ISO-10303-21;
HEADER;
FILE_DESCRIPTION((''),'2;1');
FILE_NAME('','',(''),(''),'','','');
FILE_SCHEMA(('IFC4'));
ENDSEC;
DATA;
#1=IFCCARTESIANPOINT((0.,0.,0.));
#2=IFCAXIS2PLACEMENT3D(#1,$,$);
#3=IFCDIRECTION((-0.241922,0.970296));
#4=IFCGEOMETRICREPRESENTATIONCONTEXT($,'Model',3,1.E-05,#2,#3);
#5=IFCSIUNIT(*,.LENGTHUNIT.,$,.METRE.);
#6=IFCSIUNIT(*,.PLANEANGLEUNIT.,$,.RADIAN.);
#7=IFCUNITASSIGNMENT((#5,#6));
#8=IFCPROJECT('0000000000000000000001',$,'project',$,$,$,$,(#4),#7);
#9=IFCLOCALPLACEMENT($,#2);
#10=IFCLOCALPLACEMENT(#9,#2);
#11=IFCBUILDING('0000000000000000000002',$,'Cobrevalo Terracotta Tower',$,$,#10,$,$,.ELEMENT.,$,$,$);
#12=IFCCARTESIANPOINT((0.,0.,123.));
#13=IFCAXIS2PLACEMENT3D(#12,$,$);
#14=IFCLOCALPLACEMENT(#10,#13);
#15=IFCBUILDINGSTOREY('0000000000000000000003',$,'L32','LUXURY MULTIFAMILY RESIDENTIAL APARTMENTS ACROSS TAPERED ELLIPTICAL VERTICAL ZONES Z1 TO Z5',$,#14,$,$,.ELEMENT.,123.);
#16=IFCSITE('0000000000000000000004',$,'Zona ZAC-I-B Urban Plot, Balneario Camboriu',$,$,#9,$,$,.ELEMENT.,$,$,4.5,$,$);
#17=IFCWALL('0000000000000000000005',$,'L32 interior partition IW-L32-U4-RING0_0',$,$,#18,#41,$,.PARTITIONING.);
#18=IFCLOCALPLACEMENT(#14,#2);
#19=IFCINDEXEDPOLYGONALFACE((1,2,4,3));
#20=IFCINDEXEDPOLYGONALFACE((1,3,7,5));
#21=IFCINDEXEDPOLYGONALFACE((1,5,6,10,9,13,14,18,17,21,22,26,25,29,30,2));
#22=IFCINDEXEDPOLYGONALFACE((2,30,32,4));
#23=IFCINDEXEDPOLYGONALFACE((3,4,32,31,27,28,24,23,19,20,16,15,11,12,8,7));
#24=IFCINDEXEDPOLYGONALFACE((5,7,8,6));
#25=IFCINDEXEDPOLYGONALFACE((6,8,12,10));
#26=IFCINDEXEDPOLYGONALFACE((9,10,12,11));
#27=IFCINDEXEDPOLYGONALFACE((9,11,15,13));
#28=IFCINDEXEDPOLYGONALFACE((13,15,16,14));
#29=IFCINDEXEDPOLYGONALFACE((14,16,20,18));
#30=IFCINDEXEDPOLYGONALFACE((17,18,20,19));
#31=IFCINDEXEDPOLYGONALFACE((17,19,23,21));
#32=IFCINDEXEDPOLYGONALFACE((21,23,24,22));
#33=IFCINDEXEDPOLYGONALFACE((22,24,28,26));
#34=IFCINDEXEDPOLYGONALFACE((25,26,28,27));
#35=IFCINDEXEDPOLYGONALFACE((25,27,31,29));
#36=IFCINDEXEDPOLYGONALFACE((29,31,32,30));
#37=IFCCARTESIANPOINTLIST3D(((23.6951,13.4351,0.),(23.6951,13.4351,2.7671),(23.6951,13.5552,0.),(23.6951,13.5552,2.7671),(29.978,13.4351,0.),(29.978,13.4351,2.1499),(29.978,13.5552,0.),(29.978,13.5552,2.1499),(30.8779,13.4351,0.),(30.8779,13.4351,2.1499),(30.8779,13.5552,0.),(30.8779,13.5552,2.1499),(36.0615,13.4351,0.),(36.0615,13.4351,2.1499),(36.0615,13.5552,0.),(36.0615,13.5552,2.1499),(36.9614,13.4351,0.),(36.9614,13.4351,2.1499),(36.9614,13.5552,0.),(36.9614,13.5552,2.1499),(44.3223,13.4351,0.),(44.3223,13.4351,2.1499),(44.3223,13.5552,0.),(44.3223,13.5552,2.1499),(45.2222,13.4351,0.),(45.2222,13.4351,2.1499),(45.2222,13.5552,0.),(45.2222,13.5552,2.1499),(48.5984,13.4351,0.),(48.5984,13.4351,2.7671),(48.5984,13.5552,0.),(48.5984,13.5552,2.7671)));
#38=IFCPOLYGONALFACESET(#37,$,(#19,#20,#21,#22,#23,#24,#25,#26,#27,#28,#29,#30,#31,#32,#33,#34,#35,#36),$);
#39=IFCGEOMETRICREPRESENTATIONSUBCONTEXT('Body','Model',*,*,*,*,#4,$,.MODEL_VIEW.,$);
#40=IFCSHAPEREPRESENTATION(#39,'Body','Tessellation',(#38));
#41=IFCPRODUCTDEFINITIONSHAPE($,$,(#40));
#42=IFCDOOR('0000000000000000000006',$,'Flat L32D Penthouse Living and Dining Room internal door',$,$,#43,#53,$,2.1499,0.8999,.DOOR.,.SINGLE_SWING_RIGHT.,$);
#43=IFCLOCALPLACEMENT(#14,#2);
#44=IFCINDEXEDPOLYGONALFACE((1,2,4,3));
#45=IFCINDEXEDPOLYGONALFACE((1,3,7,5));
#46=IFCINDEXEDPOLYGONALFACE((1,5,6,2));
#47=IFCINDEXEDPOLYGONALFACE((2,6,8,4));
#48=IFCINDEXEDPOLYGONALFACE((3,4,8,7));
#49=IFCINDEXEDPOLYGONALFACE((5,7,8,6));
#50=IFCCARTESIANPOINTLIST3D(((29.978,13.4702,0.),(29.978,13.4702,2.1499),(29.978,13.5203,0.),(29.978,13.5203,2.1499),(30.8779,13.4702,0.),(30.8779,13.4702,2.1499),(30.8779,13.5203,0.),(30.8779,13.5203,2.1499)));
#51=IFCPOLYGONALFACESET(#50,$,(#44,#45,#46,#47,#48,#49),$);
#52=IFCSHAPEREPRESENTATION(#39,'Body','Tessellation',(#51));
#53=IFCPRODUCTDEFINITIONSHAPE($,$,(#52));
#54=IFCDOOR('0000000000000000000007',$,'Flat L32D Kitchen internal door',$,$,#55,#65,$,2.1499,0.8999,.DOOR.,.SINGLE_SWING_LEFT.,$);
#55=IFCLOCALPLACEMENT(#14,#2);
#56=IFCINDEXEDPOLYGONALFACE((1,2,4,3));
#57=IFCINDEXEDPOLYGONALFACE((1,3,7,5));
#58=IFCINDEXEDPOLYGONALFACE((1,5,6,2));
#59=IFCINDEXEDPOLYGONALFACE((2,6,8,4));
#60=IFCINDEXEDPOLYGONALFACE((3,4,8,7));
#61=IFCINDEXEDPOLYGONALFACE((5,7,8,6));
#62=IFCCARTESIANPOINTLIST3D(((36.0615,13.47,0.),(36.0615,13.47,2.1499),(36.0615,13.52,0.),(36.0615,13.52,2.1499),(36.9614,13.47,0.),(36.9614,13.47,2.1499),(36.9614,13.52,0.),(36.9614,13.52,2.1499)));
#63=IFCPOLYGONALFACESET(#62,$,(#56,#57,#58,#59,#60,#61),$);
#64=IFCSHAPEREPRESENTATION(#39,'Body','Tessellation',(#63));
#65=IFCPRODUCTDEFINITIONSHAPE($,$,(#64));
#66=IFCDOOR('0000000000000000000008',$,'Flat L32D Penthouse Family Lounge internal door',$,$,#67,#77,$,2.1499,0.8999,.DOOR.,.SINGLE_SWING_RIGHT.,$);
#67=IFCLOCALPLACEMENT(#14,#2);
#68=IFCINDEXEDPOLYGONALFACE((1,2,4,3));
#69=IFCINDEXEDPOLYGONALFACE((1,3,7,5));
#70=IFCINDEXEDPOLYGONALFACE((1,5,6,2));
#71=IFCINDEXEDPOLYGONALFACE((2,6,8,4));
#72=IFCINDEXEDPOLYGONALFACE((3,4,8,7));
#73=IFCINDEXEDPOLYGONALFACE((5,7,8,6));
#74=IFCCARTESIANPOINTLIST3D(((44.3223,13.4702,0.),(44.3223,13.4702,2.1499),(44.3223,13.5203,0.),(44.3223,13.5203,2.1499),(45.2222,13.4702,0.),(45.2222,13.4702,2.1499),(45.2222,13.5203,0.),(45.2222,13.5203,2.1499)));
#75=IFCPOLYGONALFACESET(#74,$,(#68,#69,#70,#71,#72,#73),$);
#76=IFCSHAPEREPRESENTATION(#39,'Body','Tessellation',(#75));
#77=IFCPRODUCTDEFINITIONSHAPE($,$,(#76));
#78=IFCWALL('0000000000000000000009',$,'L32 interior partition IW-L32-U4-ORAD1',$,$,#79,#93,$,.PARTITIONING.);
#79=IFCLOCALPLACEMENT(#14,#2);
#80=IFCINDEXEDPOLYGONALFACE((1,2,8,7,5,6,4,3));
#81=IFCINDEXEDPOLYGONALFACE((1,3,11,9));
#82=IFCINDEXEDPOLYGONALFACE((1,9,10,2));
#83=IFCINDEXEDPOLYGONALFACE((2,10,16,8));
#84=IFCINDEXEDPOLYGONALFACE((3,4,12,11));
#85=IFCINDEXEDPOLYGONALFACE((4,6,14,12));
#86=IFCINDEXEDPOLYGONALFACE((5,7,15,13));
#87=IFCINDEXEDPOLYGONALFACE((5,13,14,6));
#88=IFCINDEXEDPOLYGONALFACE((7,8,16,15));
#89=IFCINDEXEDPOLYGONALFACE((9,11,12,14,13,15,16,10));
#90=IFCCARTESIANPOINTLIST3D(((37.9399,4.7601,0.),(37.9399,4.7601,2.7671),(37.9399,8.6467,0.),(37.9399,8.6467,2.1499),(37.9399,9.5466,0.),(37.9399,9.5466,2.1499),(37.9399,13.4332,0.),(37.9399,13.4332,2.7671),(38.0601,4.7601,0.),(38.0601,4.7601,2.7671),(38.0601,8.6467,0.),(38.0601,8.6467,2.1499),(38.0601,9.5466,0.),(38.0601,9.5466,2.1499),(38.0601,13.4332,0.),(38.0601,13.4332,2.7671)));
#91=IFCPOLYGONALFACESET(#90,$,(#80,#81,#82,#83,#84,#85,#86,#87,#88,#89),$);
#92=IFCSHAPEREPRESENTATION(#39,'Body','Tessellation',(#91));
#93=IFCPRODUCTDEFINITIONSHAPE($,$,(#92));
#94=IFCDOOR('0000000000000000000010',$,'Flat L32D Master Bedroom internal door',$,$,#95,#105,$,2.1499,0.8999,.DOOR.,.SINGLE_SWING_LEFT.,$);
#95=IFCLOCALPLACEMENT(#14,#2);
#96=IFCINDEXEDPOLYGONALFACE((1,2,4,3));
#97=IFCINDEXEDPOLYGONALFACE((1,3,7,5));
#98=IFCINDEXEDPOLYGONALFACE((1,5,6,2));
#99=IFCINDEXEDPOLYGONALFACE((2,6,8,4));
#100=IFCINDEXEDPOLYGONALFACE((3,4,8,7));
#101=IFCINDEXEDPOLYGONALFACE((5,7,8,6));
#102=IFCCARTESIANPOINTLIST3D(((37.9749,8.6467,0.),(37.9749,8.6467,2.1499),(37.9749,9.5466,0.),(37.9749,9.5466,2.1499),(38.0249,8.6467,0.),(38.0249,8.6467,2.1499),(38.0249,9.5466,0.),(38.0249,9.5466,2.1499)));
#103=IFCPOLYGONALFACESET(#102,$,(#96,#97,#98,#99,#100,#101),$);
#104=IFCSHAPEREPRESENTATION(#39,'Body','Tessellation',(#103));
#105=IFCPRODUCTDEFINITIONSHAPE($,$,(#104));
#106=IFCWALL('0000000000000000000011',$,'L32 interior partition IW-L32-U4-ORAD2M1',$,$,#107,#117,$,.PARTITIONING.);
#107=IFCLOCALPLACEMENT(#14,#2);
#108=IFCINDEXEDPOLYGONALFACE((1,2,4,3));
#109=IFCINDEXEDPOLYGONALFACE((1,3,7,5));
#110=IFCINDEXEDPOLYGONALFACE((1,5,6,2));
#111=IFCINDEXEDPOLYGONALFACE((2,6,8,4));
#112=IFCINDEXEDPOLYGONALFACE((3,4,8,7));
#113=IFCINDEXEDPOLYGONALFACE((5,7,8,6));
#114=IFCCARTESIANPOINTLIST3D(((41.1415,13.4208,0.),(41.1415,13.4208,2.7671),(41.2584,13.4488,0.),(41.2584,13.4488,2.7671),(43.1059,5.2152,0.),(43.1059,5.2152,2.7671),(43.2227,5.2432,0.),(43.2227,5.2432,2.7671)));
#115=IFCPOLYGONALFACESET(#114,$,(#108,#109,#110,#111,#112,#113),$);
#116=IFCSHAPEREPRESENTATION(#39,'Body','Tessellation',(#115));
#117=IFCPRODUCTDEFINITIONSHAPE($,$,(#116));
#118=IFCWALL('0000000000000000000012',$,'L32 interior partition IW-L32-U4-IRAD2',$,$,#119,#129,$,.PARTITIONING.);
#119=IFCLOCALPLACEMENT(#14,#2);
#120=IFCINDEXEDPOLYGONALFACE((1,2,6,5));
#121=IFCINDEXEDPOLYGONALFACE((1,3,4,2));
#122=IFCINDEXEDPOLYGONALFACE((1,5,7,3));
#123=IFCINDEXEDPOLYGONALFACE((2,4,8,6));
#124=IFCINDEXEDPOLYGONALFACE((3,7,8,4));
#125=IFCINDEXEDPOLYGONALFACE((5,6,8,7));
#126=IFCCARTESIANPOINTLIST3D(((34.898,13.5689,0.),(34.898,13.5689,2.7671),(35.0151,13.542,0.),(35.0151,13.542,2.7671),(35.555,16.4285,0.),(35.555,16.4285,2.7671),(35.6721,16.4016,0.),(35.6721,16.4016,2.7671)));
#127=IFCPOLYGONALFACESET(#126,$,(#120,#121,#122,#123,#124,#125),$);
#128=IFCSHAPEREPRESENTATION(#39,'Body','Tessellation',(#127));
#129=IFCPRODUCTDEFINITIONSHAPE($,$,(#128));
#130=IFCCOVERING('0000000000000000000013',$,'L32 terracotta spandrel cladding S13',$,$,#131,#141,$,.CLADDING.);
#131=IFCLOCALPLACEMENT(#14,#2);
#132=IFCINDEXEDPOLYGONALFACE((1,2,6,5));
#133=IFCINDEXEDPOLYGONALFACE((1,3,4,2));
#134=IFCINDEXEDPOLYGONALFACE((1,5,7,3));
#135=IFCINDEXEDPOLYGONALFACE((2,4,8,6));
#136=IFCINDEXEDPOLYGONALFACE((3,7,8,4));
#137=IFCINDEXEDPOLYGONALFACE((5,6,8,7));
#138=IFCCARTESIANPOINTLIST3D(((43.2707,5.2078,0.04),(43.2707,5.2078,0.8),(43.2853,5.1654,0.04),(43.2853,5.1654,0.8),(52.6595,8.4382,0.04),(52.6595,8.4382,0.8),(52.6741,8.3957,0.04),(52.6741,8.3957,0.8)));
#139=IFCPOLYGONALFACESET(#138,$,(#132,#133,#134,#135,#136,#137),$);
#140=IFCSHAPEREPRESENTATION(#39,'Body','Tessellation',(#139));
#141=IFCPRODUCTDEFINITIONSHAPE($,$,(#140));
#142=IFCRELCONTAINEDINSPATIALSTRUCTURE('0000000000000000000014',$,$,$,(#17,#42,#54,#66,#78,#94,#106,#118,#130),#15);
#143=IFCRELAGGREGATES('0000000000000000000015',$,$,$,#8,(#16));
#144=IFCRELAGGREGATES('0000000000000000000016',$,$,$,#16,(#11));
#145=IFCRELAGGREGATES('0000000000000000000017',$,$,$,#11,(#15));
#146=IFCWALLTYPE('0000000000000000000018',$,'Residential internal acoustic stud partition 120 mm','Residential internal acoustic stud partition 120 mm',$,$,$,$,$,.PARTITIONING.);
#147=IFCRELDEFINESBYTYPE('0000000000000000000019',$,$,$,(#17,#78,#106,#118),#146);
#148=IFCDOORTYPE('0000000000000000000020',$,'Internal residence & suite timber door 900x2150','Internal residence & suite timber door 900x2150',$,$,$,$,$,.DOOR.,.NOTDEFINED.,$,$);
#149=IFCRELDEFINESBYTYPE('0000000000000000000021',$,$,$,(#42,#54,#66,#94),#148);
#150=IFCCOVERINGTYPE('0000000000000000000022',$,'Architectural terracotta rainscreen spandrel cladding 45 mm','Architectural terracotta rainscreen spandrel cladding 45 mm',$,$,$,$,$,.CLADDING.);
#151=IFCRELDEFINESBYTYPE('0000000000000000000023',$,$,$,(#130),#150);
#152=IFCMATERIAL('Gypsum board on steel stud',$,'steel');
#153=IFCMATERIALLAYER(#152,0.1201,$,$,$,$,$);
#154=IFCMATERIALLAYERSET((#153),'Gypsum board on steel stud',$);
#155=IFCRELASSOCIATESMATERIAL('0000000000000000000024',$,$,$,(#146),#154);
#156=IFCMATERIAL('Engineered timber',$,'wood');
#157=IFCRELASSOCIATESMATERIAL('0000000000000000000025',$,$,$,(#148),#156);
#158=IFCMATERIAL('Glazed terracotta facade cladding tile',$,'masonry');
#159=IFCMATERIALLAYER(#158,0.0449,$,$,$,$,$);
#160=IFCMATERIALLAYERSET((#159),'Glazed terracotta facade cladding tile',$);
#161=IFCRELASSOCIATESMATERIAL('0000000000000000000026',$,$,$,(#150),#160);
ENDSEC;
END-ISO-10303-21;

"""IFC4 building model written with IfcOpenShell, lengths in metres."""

from ifc_helpers import new_model, si_unit, direction, frame, frame_2d, origin, origin_2d, place, context, subcontext, project, spatial, rectangle, extrude, source, transform, mapped, material, layer, layer_set, type_object, element, fill, save


model = new_model("IFC4")

# Units and contexts
model_context = context("Model", 3, precision=1e-05, world=origin(), true_north=direction((-0.241922, 0.970296)))
body_context = subcontext(model_context, "Body", "Model", "MODEL_VIEW")
ifc_project = project(units=[si_unit("LENGTHUNIT", "METRE"), si_unit("PLANEANGLEUNIT", "RADIAN")], contexts=[model_context])

# Site, building, storey
site_placement = place(None, origin())
site = spatial("IfcSite", under=ifc_project, at=site_placement, Name="Zona ZAC-I-B Urban Plot, Balneario Camboriu", CompositionType="ELEMENT", RefElevation=4.5)
building_placement = place(site_placement, origin())
building = spatial("IfcBuilding", under=site, at=building_placement, Name="Cobrevalo Terracotta Tower", CompositionType="ELEMENT")
storey_placement = place(building_placement, frame((0.0, 0.0, 123.0)))
storey = spatial("IfcBuildingStorey", under=building, at=storey_placement, Name="L32", Description="LUXURY MULTIFAMILY RESIDENTIAL APARTMENTS ACROSS TAPERED ELLIPTICAL VERTICAL ZONES Z1 TO Z5", CompositionType="ELEMENT", Elevation=123.0)

# Wall, openings, doors
ifc_material_1 = material(Name="Gypsum board on steel stud", Category="steel")
ifc_layer_1 = layer(ifc_material_1, 0.1201)
ifc_layer_set_1 = layer_set([ifc_layer_1], Name="Gypsum board on steel stud")
wall_type_1 = type_object("IfcWallType", Name="Residential internal acoustic stud partition 120 mm", Description="Residential internal acoustic stud partition 120 mm", PredefinedType="PARTITIONING", material=ifc_layer_set_1)
wall_1_placement = place(storey_placement, frame((48.5984, 13.4951, 0.0), z_axis=(0.0, 0.0, 1.0), x_axis=(-1.0, 0.0, 0.0)))
wall_1 = element("IfcWall", 1, at=wall_1_placement, inside=storey, type_object=wall_type_1, Name="L32 interior partition IW-L32-U4-RING0_0", PredefinedType="PARTITIONING", context=body_context, shape_type="SweptSolid", body=[
    extrude(rectangle(XDim=24.9033, YDim=0.1201, at=frame_2d((12.4517, 0.0))), origin(), (0.0, 0.0, 1.0), 2.7671),
])
opening_1_placement = place(wall_1_placement, frame((17.7205, 0.0, 0.0)))
opening_1 = element("IfcOpeningElement", 2, at=opening_1_placement, cuts=wall_1, PredefinedType="OPENING", context=body_context, shape_type="SweptSolid", body=[
    extrude(rectangle(XDim=0.8999, YDim=2.1499, at=frame_2d((0.45, 1.075))), frame((0.0, 0.0701, 0.0), z_axis=(0.0, -1.0, 0.0), x_axis=(1.0, 0.0, 0.0)), (0.0, 0.0, 1.0), 0.1401),
])
opening_2_placement = place(wall_1_placement, frame((11.637, 0.0, 0.0)))
opening_2 = element("IfcOpeningElement", 3, at=opening_2_placement, cuts=wall_1, PredefinedType="OPENING", context=body_context, shape_type="SweptSolid", body=[
    extrude(rectangle(XDim=0.8999, YDim=2.1499, at=frame_2d((0.45, 1.075))), frame((0.0, 0.0701, 0.0), z_axis=(0.0, -1.0, 0.0), x_axis=(1.0, 0.0, 0.0)), (0.0, 0.0, 1.0), 0.1401),
])
opening_3_placement = place(wall_1_placement, frame((3.3762, 0.0, 0.0)))
opening_3 = element("IfcOpeningElement", 4, at=opening_3_placement, cuts=wall_1, PredefinedType="OPENING", context=body_context, shape_type="SweptSolid", body=[
    extrude(rectangle(XDim=0.8999, YDim=2.1499, at=frame_2d((0.45, 1.075))), frame((0.0, 0.0701, 0.0), z_axis=(0.0, -1.0, 0.0), x_axis=(1.0, 0.0, 0.0)), (0.0, 0.0, 1.0), 0.1401),
])
ifc_material_2 = material(Name="Engineered timber", Category="wood")
door_type = type_object("IfcDoorType", Name="Internal residence & suite timber door 900x2150", Description="Internal residence & suite timber door 900x2150", OperationType="NOTDEFINED", PredefinedType="DOOR", material=ifc_material_2)
shared_shape_1 = source(origin(), body_context, "Body", "SweptSolid", [
    extrude(rectangle(XDim=0.8999, YDim=2.1499, at=frame_2d((0.45, 1.075))), frame((0.0, 0.0249, 0.0), z_axis=(0.0, -1.0, 0.0), x_axis=(1.0, 0.0, 0.0)), (0.0, 0.0, 1.0), 0.05),
])
door_1_placement = place(opening_1_placement, origin())
door_1 = element("IfcDoor", 5, at=door_1_placement, inside=storey, type_object=door_type, Name="Flat L32D Penthouse Living and Dining Room internal door", OperationType="SINGLE_SWING_RIGHT", OverallHeight=2.1499, OverallWidth=0.8999, PredefinedType="DOOR", context=body_context, shape_type="MappedRepresentation", body=[
    mapped(shared_shape_1, transform((0.0, 0.0, 0.0), scale=1.0)),
])
fill(opening_1, door_1)
door_2_placement = place(opening_2_placement, frame((0.8999, 0.0, 0.0), z_axis=(0.0, 0.0, 1.0), x_axis=(-1.0, 0.0, 0.0)))
door_2 = element("IfcDoor", 6, at=door_2_placement, inside=storey, type_object=door_type, Name="Flat L32D Kitchen internal door", OperationType="SINGLE_SWING_LEFT", OverallHeight=2.1499, OverallWidth=0.8999, PredefinedType="DOOR", context=body_context, shape_type="MappedRepresentation", body=[
    mapped(shared_shape_1, transform((0.0, 0.0, 0.0), scale=1.0)),
])
fill(opening_2, door_2)
door_3_placement = place(opening_3_placement, origin())
door_3 = element("IfcDoor", 7, at=door_3_placement, inside=storey, type_object=door_type, Name="Flat L32D Penthouse Family Lounge internal door", OperationType="SINGLE_SWING_RIGHT", OverallHeight=2.1499, OverallWidth=0.8999, PredefinedType="DOOR", context=body_context, shape_type="MappedRepresentation", body=[
    mapped(shared_shape_1, transform((0.0, 0.0, 0.0), scale=1.0)),
])
fill(opening_3, door_3)

# Wall, opening, door
wall_2_placement = place(storey_placement, frame((38.0, 13.4331, 0.0), z_axis=(0.0, 0.0, 1.0), x_axis=(0.0, -1.0, 0.0)))
wall_2 = element("IfcWall", 8, at=wall_2_placement, inside=storey, type_object=wall_type_1, Name="L32 interior partition IW-L32-U4-ORAD1", PredefinedType="PARTITIONING", context=body_context, shape_type="SweptSolid", body=[
    extrude(rectangle(XDim=8.6731, YDim=0.1201, at=frame_2d((4.3364, 0.0))), origin(), (0.0, 0.0, 1.0), 2.7671),
])
opening_4_placement = place(wall_2_placement, frame((3.8865, 0.0, 0.0)))
opening_4 = element("IfcOpeningElement", 9, at=opening_4_placement, cuts=wall_2, PredefinedType="OPENING", context=body_context, shape_type="SweptSolid", body=[
    extrude(rectangle(XDim=0.8999, YDim=2.1499, at=frame_2d((0.45, 1.075))), frame((0.0, 0.0701, 0.0), z_axis=(0.0, -1.0, 0.0), x_axis=(1.0, 0.0, 0.0)), (0.0, 0.0, 1.0), 0.1401),
])
door_4_placement = place(opening_4_placement, origin())
door_4 = element("IfcDoor", 10, at=door_4_placement, inside=storey, type_object=door_type, Name="Flat L32D Master Bedroom internal door", OperationType="SINGLE_SWING_LEFT", OverallHeight=2.1499, OverallWidth=0.8999, PredefinedType="DOOR", context=body_context, shape_type="MappedRepresentation", body=[
    mapped(shared_shape_1, transform((0.0, 0.0, 0.0), scale=1.0)),
])
fill(opening_4, door_4)

# Walls
wall_3_placement = place(storey_placement, frame((41.2, 13.4348, 0.0), z_axis=(0.0, 0.0, 1.0), x_axis=(0.232815, -0.972521, 0.0)))
element("IfcWall", 11, at=wall_3_placement, inside=storey, type_object=wall_type_1, Name="L32 interior partition IW-L32-U4-ORAD2M1", PredefinedType="PARTITIONING", context=body_context, shape_type="SweptSolid", body=[
    extrude(rectangle(XDim=8.4375, YDim=0.1201, at=frame_2d((4.2188, 0.0))), origin(), (0.0, 0.0, 1.0), 2.7671),
])
wall_4_placement = place(storey_placement, frame((35.6135, 16.415, 0.0), z_axis=(0.0, 0.0, 1.0), x_axis=(-0.223911, -0.97461, 0.0)))
element("IfcWall", 12, at=wall_4_placement, inside=storey, type_object=wall_type_1, Name="L32 interior partition IW-L32-U4-IRAD2", PredefinedType="PARTITIONING", context=body_context, shape_type="SweptSolid", body=[
    extrude(rectangle(XDim=2.9341, YDim=0.1201, at=frame_2d((1.467, 0.0))), origin(), (0.0, 0.0, 1.0), 2.7671),
])

# Covering
ifc_material_3 = material(Name="Glazed terracotta facade cladding tile", Category="masonry")
ifc_layer_2 = layer(ifc_material_3, 0.0449)
ifc_layer_set_2 = layer_set([ifc_layer_2], Name="Glazed terracotta facade cladding tile")
covering_type = type_object("IfcCoveringType", Name="Architectural terracotta rainscreen spandrel cladding 45 mm", Description="Architectural terracotta rainscreen spandrel cladding 45 mm", PredefinedType="CLADDING", material=ifc_layer_set_2)
shared_shape_2 = source(origin(), body_context, "Body", "SweptSolid", [
    extrude(rectangle(XDim=9.929, YDim=0.0449, at=origin_2d()), origin(), (0.0, 0.0, 1.0), 0.76),
])
covering_placement = place(storey_placement, frame((47.9724, 6.8018, 0.04), z_axis=(0.0, 0.0, 1.0), x_axis=(0.945596, 0.325342, 0.0)))
element("IfcCovering", 13, at=covering_placement, inside=storey, type_object=covering_type, Name="L32 terracotta spandrel cladding S13", PredefinedType="CLADDING", context=body_context, shape_type="MappedRepresentation", body=[
    mapped(shared_shape_2, transform((0.0, 0.0, 0.0), scale=1.0)),
])

save(model, "model.ifc")
